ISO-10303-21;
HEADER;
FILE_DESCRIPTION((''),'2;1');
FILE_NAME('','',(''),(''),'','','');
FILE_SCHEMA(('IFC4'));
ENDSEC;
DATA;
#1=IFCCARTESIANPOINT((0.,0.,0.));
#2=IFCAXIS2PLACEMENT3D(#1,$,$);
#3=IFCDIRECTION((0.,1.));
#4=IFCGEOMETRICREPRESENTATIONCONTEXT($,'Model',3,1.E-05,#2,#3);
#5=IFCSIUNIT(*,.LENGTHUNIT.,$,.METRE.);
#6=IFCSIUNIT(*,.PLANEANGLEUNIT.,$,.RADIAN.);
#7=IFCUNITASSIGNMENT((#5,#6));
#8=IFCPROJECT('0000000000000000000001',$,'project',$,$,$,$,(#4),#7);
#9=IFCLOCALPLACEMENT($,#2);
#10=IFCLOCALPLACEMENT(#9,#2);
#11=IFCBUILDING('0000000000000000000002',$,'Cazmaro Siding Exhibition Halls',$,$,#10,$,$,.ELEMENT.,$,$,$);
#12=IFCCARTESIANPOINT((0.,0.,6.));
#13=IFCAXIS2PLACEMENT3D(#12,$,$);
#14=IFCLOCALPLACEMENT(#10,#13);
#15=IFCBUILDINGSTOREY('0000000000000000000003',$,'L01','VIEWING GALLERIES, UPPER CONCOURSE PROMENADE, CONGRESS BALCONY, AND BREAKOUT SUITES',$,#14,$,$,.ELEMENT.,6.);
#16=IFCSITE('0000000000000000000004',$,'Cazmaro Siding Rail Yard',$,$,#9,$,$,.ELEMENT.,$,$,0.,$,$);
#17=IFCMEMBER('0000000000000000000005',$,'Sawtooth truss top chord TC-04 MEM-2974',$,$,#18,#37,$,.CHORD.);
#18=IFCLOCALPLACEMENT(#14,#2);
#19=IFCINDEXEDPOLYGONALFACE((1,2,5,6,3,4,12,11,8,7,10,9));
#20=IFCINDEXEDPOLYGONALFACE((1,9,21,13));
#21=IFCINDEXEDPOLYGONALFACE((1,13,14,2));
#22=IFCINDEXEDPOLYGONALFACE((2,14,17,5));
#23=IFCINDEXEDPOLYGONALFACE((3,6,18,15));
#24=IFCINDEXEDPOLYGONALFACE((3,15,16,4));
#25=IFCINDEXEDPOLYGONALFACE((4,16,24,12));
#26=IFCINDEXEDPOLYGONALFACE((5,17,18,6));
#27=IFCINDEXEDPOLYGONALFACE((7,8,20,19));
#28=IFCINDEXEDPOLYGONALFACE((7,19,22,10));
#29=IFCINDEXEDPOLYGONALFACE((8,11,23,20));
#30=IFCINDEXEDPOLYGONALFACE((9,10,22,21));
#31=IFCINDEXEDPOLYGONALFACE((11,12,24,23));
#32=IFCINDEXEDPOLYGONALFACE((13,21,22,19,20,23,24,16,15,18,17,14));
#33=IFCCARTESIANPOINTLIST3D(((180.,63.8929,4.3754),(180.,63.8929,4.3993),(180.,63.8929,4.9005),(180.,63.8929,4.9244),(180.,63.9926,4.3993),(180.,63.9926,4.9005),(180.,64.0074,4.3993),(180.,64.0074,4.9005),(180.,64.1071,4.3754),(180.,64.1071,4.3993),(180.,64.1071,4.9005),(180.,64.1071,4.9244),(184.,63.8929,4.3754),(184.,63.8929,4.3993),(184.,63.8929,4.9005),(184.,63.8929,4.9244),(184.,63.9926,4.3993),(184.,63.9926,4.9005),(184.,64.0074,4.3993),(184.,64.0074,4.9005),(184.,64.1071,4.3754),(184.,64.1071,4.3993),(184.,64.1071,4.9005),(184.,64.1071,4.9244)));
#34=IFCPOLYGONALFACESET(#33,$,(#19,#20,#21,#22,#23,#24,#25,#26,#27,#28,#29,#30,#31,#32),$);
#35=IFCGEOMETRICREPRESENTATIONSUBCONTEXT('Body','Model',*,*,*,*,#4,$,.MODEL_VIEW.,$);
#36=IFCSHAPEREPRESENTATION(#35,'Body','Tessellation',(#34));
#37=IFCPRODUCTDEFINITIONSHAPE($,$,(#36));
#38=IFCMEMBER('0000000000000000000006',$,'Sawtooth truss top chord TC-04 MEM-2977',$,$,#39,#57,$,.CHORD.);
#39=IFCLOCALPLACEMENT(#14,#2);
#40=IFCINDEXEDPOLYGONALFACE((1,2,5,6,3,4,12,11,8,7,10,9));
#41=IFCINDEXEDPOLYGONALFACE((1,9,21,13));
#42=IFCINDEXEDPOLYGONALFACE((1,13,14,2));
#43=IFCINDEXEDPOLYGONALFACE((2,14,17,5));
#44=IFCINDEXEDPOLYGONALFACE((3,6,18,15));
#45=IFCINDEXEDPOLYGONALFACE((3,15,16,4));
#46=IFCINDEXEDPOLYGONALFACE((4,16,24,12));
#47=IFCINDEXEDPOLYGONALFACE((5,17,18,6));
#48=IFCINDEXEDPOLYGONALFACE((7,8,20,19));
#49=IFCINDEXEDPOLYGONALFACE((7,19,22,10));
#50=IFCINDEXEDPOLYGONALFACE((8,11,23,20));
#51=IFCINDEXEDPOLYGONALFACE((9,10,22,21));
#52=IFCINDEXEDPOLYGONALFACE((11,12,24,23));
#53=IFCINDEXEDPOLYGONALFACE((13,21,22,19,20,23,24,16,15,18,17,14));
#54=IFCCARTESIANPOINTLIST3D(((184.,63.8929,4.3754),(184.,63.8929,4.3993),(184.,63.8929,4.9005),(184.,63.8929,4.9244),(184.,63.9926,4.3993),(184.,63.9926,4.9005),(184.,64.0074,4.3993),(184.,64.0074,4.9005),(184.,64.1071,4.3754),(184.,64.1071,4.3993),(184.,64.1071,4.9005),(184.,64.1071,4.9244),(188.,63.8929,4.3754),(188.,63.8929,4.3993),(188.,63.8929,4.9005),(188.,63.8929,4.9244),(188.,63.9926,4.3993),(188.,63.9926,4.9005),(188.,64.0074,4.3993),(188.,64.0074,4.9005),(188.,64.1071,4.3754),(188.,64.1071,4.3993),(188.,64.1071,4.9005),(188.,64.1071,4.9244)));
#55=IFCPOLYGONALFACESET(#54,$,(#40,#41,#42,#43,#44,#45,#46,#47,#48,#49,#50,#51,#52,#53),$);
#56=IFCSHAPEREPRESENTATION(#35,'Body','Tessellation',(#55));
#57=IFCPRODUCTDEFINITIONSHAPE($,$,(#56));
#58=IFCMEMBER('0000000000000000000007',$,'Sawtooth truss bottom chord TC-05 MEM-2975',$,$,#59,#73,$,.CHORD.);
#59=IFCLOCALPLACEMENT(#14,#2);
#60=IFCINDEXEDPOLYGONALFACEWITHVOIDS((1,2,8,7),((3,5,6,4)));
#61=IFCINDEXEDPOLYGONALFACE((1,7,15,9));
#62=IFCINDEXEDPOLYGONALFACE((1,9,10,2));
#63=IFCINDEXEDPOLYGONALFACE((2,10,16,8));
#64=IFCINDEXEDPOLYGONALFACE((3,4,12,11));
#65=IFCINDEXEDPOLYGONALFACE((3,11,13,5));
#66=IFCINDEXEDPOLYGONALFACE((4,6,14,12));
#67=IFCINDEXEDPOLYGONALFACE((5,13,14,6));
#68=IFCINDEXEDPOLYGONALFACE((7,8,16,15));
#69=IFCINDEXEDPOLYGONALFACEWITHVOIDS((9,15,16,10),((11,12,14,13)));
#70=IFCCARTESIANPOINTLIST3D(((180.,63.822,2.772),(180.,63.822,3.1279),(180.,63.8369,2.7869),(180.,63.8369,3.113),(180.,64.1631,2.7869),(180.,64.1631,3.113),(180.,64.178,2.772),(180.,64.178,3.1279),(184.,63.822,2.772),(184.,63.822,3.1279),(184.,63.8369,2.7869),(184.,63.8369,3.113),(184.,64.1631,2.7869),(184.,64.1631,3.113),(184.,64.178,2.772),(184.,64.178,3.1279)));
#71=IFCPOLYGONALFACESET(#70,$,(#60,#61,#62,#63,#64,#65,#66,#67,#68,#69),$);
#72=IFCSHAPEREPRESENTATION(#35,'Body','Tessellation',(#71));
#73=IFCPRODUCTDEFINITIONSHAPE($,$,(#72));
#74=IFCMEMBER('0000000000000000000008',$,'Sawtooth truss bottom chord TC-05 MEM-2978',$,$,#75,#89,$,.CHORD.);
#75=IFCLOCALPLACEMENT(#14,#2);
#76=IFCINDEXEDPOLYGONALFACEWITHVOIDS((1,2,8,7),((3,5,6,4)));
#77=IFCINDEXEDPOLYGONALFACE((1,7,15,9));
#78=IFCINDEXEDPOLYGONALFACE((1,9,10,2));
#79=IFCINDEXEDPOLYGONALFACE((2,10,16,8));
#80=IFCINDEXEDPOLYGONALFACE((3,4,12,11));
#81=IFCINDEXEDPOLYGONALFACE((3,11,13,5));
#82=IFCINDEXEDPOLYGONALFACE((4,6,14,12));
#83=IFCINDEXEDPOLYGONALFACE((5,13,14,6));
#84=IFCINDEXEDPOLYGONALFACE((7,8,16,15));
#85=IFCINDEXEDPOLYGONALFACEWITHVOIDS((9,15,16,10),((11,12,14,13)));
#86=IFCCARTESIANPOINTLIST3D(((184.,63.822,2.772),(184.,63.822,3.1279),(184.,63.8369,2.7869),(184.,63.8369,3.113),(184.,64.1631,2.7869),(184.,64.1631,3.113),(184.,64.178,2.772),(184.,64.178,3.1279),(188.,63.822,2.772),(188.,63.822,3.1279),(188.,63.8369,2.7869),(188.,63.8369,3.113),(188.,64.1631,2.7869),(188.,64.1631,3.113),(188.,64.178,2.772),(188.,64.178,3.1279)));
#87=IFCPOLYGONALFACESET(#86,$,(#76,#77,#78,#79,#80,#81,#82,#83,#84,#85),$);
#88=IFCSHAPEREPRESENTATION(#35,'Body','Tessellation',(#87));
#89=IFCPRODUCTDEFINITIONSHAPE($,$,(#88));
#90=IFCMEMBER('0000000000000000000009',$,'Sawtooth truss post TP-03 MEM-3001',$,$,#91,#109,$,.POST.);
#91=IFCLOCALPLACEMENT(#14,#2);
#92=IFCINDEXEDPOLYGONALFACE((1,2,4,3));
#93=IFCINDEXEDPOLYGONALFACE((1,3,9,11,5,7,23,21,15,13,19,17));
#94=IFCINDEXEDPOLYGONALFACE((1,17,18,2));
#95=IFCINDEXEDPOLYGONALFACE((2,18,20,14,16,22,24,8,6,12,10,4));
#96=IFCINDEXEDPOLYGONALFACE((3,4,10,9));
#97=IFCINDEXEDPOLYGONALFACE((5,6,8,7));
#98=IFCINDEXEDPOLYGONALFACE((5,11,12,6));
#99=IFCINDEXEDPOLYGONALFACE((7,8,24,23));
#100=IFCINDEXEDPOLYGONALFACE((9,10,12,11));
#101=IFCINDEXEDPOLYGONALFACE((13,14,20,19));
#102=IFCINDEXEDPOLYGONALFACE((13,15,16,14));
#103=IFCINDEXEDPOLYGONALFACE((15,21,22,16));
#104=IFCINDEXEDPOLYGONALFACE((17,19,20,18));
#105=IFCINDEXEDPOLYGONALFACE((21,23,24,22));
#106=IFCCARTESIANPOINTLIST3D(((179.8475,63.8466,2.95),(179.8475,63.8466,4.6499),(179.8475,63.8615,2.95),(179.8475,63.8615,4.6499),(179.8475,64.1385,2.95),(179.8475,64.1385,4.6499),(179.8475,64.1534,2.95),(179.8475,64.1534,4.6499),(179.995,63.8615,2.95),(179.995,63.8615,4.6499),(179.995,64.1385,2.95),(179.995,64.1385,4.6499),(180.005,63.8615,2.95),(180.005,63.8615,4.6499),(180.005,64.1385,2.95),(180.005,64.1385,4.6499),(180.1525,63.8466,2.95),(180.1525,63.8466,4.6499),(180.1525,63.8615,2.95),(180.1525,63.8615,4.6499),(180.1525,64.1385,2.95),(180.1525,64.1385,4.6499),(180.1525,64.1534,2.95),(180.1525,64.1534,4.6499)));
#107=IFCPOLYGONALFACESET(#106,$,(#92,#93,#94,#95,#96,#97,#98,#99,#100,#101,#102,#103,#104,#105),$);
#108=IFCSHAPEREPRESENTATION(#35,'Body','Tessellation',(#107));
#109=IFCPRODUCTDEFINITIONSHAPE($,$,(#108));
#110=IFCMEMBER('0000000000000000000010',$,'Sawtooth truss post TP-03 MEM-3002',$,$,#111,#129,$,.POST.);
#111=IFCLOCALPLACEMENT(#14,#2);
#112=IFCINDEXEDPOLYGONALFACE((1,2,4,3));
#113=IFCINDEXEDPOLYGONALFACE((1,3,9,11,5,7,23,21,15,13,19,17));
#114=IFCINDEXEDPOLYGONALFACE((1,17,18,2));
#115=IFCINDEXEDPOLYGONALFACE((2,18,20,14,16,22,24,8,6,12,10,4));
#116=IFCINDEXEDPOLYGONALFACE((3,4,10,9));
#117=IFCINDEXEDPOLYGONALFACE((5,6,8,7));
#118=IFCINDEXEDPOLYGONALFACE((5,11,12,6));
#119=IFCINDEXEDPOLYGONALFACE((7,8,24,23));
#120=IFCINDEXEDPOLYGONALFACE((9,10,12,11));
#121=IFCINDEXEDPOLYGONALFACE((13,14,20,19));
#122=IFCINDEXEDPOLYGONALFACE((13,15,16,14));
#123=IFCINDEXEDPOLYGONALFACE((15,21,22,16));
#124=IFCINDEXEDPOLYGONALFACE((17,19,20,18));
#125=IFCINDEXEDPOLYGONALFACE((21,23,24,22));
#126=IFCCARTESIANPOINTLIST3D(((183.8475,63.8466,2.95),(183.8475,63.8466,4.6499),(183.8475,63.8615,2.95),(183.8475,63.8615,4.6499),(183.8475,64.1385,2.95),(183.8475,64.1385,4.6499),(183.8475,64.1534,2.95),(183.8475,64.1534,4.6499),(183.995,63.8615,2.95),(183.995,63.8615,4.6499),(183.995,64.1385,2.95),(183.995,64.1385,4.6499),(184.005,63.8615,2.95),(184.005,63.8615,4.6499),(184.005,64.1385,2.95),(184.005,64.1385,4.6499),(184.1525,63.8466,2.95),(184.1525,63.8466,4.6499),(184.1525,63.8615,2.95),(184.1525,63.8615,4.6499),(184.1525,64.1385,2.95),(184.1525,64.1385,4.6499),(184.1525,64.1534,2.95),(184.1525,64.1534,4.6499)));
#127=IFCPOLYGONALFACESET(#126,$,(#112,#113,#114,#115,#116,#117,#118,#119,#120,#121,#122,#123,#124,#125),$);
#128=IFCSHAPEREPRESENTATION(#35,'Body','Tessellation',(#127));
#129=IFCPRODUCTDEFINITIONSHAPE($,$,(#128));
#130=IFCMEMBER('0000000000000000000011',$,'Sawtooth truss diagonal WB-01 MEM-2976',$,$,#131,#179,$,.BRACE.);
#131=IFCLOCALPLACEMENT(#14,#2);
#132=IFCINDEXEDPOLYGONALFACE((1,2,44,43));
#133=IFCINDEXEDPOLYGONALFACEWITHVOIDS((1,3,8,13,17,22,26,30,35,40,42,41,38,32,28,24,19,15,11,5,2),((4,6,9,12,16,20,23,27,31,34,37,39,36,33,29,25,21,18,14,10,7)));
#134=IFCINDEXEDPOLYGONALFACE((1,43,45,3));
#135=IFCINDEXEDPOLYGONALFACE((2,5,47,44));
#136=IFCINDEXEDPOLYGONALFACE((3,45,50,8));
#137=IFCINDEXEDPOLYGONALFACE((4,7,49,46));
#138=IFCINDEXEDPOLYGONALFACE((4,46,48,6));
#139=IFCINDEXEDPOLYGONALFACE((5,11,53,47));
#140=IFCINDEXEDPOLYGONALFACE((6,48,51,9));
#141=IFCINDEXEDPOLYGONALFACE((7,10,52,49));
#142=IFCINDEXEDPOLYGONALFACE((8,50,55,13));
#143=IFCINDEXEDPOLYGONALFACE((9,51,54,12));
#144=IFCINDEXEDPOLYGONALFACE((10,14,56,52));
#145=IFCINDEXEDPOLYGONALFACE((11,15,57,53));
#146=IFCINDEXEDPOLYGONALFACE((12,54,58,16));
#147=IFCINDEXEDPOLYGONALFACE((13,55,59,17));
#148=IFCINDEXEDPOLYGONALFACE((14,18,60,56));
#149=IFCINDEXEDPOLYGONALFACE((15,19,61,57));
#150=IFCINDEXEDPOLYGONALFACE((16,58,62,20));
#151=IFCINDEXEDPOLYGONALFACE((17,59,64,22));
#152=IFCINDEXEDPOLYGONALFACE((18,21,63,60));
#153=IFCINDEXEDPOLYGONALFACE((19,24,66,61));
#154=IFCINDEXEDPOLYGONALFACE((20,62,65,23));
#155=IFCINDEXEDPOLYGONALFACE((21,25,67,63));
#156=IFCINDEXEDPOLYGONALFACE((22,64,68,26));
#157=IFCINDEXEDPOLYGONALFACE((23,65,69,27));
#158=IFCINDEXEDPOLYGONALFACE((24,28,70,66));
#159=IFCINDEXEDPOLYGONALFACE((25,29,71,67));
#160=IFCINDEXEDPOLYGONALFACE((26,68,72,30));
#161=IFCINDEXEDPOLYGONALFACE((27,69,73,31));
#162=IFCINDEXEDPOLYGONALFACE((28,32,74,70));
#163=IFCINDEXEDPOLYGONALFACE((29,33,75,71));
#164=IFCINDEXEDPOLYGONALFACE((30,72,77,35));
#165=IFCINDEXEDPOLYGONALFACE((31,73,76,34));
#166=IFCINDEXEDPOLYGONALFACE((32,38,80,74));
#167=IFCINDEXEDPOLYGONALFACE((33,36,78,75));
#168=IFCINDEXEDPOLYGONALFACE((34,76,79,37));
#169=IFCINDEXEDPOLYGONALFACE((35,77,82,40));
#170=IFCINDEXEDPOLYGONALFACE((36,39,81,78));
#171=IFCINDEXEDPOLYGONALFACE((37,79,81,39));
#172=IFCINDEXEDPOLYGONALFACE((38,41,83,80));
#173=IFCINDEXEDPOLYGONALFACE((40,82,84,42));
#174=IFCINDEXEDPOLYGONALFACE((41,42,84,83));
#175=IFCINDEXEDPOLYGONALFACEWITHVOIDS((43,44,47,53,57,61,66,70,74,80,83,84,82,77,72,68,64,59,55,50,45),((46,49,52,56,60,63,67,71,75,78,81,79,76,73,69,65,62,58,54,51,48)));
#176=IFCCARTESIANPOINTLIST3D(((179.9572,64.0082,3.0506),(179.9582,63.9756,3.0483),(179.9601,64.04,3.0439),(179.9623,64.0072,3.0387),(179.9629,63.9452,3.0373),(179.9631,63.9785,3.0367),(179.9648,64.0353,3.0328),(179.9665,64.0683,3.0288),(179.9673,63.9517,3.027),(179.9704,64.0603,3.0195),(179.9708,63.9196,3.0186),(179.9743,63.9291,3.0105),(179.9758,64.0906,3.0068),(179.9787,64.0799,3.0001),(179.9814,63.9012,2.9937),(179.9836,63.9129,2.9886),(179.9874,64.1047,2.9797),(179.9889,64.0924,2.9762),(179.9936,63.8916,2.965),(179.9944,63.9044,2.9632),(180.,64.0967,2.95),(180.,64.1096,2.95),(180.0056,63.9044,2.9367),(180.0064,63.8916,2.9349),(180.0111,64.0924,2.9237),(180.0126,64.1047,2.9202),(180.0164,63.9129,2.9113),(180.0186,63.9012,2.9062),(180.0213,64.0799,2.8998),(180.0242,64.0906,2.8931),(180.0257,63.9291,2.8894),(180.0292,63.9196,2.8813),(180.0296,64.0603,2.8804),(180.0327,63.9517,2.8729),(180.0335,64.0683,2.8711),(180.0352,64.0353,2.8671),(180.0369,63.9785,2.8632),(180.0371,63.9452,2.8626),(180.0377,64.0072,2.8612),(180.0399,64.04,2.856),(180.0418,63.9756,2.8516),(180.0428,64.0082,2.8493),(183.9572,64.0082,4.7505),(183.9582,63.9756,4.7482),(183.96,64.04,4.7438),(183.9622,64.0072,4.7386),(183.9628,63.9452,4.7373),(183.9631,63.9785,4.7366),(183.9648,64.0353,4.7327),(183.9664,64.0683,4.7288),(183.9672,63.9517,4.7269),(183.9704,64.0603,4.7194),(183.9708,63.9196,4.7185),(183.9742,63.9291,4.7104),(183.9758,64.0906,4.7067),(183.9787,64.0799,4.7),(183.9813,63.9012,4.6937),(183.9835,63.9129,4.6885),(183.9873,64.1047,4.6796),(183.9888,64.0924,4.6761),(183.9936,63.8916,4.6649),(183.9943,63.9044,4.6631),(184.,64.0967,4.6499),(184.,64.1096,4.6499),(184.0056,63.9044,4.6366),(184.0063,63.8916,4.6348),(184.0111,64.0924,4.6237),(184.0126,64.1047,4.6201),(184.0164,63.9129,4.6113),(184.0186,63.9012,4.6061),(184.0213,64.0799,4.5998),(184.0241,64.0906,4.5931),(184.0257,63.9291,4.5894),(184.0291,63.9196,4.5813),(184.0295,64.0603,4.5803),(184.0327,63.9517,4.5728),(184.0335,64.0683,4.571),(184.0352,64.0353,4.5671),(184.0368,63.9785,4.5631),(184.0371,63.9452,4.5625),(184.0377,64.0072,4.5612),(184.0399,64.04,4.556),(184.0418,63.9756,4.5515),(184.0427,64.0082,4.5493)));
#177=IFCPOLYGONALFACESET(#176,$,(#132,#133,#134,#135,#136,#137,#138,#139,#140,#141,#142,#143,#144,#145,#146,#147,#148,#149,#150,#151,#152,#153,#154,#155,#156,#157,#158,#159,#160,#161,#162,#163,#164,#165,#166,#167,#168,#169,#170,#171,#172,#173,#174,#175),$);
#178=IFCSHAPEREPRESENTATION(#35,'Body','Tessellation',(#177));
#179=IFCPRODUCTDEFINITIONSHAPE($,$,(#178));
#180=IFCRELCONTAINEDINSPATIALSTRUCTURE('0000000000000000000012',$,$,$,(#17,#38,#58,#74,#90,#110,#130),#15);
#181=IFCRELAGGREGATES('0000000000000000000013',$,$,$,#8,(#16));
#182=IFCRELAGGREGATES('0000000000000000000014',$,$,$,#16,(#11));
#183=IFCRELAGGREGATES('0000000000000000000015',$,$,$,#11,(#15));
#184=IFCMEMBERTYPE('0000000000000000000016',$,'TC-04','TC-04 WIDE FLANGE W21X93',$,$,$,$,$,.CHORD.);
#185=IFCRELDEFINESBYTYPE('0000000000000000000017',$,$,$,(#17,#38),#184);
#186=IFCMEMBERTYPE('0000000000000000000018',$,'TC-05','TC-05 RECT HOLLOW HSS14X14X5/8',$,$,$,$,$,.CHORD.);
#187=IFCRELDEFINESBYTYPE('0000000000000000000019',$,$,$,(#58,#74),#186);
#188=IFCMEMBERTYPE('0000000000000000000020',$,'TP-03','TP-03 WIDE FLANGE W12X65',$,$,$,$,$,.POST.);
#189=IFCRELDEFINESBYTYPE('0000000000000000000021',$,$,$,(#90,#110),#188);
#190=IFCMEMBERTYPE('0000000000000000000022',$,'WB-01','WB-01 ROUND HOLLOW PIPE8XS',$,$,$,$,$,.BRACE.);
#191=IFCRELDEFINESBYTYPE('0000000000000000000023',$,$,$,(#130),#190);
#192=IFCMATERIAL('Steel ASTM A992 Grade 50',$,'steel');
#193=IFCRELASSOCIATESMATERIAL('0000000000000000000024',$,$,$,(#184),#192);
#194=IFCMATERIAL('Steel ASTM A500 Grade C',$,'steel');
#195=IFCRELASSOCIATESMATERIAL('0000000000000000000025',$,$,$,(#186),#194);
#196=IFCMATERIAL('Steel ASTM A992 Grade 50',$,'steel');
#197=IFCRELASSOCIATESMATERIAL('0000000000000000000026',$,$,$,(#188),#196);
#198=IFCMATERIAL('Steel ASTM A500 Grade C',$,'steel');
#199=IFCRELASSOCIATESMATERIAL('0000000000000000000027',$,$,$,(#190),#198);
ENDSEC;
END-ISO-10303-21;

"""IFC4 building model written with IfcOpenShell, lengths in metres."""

from ifc_helpers import new_model, si_unit, direction, frame, origin, origin_2d, place, context, subcontext, project, spatial, hollow_rectangle, hollow_circle, i_section, extrude, material, material_profile, profile_set, type_object, element, save


model = new_model("IFC4")

# Units and contexts
model_context = context("Model", 3, precision=1e-05, world=origin(), true_north=direction((0.0, 1.0)))
body_context = subcontext(model_context, "Body", "Model", "MODEL_VIEW")
ifc_project = project(units=[si_unit("LENGTHUNIT", "METRE"), si_unit("PLANEANGLEUNIT", "RADIAN")], contexts=[model_context])

# Site, building, storey
site_placement = place(None, origin())
site = spatial("IfcSite", under=ifc_project, at=site_placement, Name="Cazmaro Siding Rail Yard", CompositionType="ELEMENT", RefElevation=0.0)
building_placement = place(site_placement, origin())
building = spatial("IfcBuilding", under=site, at=building_placement, Name="Cazmaro Siding Exhibition Halls", CompositionType="ELEMENT")
storey_placement = place(building_placement, frame((0.0, 0.0, 6.0)))
storey = spatial("IfcBuildingStorey", under=building, at=storey_placement, Name="L01", Description="VIEWING GALLERIES, UPPER CONCOURSE PROMENADE, CONGRESS BALCONY, AND BREAKOUT SUITES", CompositionType="ELEMENT", Elevation=6.0)

# Members
ifc_material_1 = material(Name="Steel ASTM A992 Grade 50", Category="steel")
ifc_material_profile_1 = material_profile(ifc_material_1, i_section(OverallWidth=0.2141, OverallDepth=0.5491, WebThickness=0.0149, FlangeThickness=0.0239, at=origin_2d()), Name="W21X93")
ifc_profile_set_1 = profile_set([ifc_material_profile_1], Name="Steel ASTM A992 Grade 50")
member_type_1 = type_object("IfcMemberType", Name="TC-04", Description="TC-04 WIDE FLANGE W21X93", PredefinedType="CHORD", material=ifc_profile_set_1)
for number, where, z_axis, x_axis, name in (
    (1, (180.0, 64.0, 4.6499), (1.0, 0.0, 0.0), (0.0, 1.0, 0.0), "Sawtooth truss top chord TC-04 MEM-2974"),
    (2, (184.0, 64.0, 4.6499), (1.0, 0.0, 0.0), (0.0, 1.0, 0.0), "Sawtooth truss top chord TC-04 MEM-2977"),
):
    element("IfcMember", number, at=place(storey_placement, frame(where, z_axis=z_axis, x_axis=x_axis)), inside=storey, type_object=member_type_1, Name=name, PredefinedType="CHORD", context=body_context, shape_type="SweptSolid", body=[
        extrude(i_section(OverallWidth=0.2141, OverallDepth=0.5491, WebThickness=0.0149, FlangeThickness=0.0239, at=origin_2d()), origin(), (0.0, 0.0, 1.0), 4.0),
    ])
ifc_material_2 = material(Name="Steel ASTM A500 Grade C", Category="steel")
ifc_material_profile_2 = material_profile(ifc_material_2, hollow_rectangle(XDim=0.356, YDim=0.356, WallThickness=0.0149, at=origin_2d()), Name="HSS14X14X5/8")
ifc_profile_set_2 = profile_set([ifc_material_profile_2], Name="Steel ASTM A500 Grade C")
member_type_2 = type_object("IfcMemberType", Name="TC-05", Description="TC-05 RECT HOLLOW HSS14X14X5/8", PredefinedType="CHORD", material=ifc_profile_set_2)
for number, where, z_axis, x_axis, name in (
    (3, (180.0, 64.0, 2.95), (1.0, 0.0, 0.0), (0.0, 1.0, 0.0), "Sawtooth truss bottom chord TC-05 MEM-2975"),
    (4, (184.0, 64.0, 2.95), (1.0, 0.0, 0.0), (0.0, 1.0, 0.0), "Sawtooth truss bottom chord TC-05 MEM-2978"),
):
    element("IfcMember", number, at=place(storey_placement, frame(where, z_axis=z_axis, x_axis=x_axis)), inside=storey, type_object=member_type_2, Name=name, PredefinedType="CHORD", context=body_context, shape_type="SweptSolid", body=[
        extrude(hollow_rectangle(XDim=0.356, YDim=0.356, WallThickness=0.0149, at=origin_2d()), origin(), (0.0, 0.0, 1.0), 4.0),
    ])
ifc_material_3 = material(Name="Steel ASTM A992 Grade 50", Category="steel")
ifc_material_profile_3 = material_profile(ifc_material_3, i_section(OverallWidth=0.3049, OverallDepth=0.3069, WebThickness=0.01, FlangeThickness=0.0149, at=origin_2d()), Name="W12X65")
ifc_profile_set_3 = profile_set([ifc_material_profile_3], Name="Steel ASTM A992 Grade 50")
member_type_3 = type_object("IfcMemberType", Name="TP-03", Description="TP-03 WIDE FLANGE W12X65", PredefinedType="POST", material=ifc_profile_set_3)
for number, where, z_axis, x_axis, name in (
    (5, (180.0, 64.0, 2.95), (0.0, 0.0, 1.0), (1.0, 0.0, 0.0), "Sawtooth truss post TP-03 MEM-3001"),
    (6, (184.0, 64.0, 2.95), (0.0, 0.0, 1.0), (1.0, 0.0, 0.0), "Sawtooth truss post TP-03 MEM-3002"),
):
    element("IfcMember", number, at=place(storey_placement, frame(where, z_axis=z_axis, x_axis=x_axis)), inside=storey, type_object=member_type_3, Name=name, PredefinedType="POST", context=body_context, shape_type="SweptSolid", body=[
        extrude(i_section(OverallWidth=0.3049, OverallDepth=0.3069, WebThickness=0.01, FlangeThickness=0.0149, at=origin_2d()), origin(), (0.0, 0.0, 1.0), 1.7),
    ])
ifc_material_4 = material(Name="Steel ASTM A500 Grade C", Category="steel")
ifc_material_profile_4 = material_profile(ifc_material_4, hollow_circle(Radius=0.1096, WallThickness=0.0129, at=origin_2d()), Name="PIPE8XS")
ifc_profile_set_4 = profile_set([ifc_material_profile_4], Name="Steel ASTM A500 Grade C")
member_type_4 = type_object("IfcMemberType", Name="WB-01", Description="WB-01 ROUND HOLLOW PIPE8XS", PredefinedType="BRACE", material=ifc_profile_set_4)
for number, where, z_axis, x_axis, name in (
    (7, (180.0, 64.0, 2.95), (0.920335, 0.0, 0.391131), (0.0, 1.0, 0.0), "Sawtooth truss diagonal WB-01 MEM-2976"),
):
    element("IfcMember", number, at=place(storey_placement, frame(where, z_axis=z_axis, x_axis=x_axis)), inside=storey, type_object=member_type_4, Name=name, PredefinedType="BRACE", context=body_context, shape_type="SweptSolid", body=[
        extrude(hollow_circle(Radius=0.1096, WallThickness=0.0129, at=origin_2d()), origin(), (0.0, 0.0, 1.0), 4.3462),
    ])

save(model, "model.ifc")
